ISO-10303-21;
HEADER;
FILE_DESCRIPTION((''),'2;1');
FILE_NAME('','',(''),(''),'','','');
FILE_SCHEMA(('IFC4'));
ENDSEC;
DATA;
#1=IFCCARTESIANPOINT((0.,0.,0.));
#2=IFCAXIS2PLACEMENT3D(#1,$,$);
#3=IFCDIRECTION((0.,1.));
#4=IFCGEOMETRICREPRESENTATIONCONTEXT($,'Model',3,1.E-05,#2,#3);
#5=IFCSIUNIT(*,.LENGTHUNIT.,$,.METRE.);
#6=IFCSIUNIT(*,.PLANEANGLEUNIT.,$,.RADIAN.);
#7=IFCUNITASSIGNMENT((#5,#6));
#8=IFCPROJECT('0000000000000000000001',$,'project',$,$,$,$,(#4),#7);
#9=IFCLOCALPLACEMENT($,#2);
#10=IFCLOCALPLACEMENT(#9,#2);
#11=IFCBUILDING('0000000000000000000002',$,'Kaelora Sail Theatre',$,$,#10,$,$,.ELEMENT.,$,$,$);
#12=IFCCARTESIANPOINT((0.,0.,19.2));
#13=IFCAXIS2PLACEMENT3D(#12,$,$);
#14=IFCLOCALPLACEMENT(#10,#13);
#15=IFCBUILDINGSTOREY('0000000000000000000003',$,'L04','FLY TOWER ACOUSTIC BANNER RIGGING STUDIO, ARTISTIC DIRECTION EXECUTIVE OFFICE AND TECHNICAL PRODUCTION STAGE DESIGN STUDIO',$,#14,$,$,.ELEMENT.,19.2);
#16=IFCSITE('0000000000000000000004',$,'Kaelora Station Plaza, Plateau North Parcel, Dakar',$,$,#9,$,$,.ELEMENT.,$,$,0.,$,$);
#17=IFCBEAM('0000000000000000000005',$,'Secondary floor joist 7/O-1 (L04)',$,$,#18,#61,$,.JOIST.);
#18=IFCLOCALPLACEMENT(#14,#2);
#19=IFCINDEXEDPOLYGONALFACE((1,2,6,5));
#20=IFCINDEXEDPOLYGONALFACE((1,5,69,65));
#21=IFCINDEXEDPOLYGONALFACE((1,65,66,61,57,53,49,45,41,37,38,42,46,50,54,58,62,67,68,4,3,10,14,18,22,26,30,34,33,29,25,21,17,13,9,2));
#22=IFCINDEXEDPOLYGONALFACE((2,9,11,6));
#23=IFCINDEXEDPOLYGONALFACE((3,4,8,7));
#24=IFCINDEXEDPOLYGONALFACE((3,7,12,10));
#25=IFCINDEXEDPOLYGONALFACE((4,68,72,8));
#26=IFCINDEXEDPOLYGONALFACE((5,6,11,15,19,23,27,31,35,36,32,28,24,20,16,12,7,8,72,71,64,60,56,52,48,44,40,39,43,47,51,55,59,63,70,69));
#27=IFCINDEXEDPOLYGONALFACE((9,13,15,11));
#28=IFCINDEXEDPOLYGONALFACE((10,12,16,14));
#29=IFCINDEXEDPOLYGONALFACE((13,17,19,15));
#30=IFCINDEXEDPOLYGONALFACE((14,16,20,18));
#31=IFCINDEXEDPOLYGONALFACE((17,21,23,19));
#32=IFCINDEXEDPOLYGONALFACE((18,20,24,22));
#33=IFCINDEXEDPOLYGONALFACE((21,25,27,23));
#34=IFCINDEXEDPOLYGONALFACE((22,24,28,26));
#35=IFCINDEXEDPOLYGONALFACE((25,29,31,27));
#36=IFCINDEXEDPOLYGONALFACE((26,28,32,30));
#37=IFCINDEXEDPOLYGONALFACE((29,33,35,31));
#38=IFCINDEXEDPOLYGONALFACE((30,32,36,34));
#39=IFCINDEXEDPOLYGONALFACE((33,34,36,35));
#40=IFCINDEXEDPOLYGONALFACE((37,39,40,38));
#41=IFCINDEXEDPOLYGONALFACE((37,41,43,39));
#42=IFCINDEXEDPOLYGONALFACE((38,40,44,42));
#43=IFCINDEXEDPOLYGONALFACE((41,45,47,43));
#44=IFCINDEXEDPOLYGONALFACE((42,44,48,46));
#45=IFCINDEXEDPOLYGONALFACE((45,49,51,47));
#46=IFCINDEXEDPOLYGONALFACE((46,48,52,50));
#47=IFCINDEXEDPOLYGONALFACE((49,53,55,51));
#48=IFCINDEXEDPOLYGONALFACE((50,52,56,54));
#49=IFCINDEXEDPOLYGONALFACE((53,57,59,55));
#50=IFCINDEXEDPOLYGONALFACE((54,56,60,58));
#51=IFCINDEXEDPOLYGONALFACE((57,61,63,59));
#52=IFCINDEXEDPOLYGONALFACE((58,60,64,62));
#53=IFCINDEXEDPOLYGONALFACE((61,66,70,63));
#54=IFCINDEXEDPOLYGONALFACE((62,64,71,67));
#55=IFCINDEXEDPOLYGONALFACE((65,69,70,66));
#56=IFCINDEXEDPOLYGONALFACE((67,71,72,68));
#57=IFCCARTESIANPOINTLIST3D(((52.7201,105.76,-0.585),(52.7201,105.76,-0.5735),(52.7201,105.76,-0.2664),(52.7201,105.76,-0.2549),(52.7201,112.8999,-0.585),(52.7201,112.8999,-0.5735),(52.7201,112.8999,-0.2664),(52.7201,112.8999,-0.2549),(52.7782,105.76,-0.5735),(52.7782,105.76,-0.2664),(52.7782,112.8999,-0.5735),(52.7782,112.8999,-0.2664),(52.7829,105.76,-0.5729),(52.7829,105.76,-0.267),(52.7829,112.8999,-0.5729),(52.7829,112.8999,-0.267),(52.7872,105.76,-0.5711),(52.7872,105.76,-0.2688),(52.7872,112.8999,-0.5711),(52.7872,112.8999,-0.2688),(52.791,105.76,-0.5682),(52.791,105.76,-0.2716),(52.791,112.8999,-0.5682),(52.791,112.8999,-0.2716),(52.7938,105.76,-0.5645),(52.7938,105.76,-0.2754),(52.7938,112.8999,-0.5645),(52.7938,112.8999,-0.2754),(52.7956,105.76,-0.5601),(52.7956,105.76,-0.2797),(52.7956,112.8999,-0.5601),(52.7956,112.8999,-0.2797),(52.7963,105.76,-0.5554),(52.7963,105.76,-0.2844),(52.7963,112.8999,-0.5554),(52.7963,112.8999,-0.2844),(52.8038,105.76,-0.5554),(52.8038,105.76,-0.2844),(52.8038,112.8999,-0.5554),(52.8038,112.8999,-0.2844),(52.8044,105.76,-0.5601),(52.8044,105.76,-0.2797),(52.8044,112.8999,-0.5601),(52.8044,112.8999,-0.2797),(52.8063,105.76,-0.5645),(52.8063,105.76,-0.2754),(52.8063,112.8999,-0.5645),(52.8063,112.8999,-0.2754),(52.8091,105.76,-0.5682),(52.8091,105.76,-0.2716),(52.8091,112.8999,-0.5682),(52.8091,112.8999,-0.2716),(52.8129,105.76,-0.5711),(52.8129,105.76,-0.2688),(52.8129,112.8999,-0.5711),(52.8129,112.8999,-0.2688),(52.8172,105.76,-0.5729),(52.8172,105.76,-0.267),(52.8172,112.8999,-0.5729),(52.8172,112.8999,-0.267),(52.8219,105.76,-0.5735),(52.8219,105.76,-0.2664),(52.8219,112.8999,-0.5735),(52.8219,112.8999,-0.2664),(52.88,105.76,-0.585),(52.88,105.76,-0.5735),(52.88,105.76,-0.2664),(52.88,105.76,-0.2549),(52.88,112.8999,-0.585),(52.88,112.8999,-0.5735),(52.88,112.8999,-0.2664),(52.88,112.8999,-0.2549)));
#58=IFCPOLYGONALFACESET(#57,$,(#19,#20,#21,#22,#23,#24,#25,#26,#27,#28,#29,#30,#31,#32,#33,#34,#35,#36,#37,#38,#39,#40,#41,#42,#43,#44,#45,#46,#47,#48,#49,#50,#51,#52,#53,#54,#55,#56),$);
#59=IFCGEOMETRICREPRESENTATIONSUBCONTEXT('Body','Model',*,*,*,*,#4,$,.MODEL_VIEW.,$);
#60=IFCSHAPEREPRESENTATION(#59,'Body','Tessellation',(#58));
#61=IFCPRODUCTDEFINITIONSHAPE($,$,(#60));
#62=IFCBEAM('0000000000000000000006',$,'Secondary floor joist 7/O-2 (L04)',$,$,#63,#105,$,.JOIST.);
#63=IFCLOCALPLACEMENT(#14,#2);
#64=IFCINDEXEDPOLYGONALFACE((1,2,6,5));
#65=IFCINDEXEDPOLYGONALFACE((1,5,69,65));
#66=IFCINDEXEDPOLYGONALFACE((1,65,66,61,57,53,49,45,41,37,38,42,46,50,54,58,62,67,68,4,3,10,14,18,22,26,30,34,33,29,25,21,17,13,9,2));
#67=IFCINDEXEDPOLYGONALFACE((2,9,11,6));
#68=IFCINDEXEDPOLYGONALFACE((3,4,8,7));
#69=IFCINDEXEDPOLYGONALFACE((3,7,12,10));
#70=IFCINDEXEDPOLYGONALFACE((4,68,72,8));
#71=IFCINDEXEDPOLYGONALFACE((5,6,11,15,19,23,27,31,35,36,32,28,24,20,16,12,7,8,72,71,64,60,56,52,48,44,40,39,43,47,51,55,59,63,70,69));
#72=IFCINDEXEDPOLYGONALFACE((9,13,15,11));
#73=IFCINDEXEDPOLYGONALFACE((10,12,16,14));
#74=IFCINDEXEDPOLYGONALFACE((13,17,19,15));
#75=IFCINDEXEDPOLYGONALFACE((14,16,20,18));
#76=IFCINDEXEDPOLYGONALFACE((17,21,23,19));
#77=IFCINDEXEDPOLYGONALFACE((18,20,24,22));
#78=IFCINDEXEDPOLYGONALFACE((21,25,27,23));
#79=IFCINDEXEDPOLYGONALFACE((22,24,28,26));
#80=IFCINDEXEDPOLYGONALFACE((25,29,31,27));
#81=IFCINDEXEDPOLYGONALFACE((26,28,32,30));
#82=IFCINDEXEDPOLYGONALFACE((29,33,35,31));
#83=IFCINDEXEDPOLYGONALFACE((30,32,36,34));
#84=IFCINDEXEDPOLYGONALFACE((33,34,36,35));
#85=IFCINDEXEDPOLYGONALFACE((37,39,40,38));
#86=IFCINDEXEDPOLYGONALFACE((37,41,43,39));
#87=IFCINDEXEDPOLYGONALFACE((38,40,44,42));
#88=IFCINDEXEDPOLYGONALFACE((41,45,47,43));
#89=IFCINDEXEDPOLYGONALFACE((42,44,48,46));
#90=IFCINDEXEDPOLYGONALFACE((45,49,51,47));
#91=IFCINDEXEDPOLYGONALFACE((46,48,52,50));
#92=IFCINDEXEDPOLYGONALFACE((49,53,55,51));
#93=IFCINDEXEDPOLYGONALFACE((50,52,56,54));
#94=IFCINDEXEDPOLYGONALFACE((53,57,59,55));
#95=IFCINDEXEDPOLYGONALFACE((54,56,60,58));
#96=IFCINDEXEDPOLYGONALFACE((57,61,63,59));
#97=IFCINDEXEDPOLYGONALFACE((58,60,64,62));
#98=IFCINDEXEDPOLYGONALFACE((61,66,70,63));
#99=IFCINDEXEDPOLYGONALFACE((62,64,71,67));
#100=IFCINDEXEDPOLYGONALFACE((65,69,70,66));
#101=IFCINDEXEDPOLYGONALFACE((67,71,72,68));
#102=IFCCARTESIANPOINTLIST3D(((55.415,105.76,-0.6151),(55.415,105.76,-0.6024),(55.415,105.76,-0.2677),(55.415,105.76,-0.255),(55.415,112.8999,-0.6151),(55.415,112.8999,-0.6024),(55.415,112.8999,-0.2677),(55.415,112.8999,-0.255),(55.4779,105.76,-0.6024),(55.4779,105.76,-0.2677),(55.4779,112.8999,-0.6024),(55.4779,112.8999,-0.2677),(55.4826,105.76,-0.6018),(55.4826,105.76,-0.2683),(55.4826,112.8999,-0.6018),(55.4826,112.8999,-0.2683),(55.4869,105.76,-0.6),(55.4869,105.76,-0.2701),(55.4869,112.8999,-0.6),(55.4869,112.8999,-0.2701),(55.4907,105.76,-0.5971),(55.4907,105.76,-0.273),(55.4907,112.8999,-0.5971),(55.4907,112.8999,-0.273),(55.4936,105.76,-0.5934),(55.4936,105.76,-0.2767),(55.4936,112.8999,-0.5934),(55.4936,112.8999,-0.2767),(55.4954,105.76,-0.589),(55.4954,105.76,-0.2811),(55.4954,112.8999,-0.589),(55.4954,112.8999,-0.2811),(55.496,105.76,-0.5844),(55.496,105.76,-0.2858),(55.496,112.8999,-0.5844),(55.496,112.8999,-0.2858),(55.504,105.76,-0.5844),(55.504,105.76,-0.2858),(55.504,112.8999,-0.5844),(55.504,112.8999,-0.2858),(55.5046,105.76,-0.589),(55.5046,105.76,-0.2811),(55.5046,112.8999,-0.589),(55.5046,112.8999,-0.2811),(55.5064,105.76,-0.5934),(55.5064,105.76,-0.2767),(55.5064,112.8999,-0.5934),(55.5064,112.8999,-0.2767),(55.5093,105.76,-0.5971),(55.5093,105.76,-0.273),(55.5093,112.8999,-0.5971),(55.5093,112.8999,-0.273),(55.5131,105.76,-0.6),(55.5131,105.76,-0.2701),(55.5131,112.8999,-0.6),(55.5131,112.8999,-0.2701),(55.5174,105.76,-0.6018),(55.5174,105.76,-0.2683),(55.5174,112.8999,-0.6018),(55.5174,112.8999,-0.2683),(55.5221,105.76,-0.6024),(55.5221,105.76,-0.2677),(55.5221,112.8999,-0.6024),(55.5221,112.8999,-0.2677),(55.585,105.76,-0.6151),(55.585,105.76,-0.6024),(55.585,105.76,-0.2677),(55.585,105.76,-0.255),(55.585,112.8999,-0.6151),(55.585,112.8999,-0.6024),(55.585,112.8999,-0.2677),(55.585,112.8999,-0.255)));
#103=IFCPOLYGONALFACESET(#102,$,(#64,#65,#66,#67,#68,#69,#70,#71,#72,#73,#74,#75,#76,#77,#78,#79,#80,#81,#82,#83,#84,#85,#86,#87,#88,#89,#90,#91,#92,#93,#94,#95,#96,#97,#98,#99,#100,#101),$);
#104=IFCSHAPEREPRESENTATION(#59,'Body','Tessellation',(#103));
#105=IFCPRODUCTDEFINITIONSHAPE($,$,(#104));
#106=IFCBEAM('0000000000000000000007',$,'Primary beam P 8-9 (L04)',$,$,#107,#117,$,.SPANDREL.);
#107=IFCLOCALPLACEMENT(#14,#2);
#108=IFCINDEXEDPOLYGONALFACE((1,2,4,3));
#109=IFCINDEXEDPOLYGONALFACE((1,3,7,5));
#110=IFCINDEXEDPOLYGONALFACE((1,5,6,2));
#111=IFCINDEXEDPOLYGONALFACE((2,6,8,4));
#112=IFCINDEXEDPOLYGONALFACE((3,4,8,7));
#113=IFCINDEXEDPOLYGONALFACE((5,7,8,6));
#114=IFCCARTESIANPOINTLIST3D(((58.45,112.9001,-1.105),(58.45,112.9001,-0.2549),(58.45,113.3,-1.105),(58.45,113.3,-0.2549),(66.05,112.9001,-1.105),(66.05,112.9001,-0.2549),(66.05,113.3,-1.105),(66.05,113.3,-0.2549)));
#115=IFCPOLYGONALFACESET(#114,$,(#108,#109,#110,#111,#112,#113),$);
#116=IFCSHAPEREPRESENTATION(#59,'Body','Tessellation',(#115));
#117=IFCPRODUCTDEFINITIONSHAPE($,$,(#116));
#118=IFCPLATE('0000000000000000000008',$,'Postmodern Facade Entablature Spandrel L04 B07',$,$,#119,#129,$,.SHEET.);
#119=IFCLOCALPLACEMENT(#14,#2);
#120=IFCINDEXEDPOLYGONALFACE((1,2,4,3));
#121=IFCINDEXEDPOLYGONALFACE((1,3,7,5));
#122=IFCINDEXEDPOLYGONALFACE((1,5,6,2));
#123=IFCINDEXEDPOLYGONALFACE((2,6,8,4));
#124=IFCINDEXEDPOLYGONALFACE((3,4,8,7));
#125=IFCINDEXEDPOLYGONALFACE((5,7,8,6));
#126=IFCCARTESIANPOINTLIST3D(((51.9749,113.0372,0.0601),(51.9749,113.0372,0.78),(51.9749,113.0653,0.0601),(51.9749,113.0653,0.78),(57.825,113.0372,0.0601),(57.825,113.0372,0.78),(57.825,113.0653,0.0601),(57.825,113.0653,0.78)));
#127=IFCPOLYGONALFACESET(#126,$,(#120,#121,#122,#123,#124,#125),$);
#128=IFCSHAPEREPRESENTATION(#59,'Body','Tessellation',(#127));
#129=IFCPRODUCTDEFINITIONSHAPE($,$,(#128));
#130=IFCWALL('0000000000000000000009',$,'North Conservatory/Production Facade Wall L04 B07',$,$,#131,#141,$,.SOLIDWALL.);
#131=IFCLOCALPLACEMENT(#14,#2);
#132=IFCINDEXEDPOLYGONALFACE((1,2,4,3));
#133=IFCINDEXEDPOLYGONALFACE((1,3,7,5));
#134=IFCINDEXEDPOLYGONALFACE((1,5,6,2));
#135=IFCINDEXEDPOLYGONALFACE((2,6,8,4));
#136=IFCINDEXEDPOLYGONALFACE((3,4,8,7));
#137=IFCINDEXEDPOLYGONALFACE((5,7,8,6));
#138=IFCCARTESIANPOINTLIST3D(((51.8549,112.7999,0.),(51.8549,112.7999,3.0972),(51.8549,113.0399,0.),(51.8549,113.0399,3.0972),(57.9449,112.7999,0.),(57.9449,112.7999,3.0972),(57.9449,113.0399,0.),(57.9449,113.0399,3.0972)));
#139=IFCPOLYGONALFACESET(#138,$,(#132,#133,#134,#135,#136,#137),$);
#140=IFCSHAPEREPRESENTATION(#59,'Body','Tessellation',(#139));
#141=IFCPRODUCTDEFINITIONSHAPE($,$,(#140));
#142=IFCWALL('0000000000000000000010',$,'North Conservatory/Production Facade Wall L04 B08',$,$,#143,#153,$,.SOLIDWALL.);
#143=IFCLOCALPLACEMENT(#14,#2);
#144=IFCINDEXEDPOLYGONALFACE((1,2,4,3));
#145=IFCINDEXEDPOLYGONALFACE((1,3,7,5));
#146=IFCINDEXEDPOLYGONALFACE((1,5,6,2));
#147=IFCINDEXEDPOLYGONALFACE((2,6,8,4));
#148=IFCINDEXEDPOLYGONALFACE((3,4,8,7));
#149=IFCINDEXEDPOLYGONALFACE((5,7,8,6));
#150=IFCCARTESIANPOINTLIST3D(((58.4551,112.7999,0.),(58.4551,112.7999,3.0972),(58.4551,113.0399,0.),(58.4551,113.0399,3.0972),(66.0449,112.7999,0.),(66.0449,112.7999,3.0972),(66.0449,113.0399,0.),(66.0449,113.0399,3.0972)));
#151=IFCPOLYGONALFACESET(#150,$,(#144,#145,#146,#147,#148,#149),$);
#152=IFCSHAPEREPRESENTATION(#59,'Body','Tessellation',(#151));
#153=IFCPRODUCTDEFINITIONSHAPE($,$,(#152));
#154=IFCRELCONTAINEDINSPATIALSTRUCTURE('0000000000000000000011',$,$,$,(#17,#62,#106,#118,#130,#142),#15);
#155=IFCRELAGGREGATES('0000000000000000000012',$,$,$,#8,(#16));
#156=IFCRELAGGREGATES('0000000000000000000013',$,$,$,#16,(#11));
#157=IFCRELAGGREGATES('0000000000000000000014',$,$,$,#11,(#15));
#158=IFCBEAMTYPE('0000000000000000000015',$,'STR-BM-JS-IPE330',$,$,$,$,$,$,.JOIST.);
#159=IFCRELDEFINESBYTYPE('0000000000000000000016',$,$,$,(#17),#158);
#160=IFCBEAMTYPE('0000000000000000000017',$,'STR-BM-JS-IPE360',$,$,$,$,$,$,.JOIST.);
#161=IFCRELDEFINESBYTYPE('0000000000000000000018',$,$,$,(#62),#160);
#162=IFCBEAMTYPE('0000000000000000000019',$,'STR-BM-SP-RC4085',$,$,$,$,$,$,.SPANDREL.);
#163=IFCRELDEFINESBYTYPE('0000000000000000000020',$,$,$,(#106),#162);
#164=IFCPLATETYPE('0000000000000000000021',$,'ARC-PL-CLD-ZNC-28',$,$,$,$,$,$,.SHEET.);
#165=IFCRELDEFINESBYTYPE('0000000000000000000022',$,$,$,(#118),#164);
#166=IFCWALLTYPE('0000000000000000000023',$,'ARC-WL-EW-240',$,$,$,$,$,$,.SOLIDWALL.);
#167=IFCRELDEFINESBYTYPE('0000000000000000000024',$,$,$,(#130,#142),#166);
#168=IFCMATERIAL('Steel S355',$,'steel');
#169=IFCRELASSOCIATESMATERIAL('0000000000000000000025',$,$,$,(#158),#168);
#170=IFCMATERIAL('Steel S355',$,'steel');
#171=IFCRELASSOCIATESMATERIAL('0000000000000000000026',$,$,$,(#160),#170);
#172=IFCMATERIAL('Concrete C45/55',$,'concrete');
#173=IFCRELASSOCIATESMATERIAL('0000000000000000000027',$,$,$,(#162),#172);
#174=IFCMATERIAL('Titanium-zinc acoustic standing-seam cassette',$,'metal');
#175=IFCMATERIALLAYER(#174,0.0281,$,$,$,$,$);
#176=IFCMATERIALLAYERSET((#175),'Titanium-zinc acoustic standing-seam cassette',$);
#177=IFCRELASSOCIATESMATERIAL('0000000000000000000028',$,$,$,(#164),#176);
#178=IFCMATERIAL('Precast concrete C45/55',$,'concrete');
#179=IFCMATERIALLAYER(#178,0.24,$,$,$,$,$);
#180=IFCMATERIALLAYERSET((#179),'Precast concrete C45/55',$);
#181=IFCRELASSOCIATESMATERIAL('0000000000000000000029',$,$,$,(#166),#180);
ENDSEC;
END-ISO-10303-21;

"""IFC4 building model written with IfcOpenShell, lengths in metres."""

from ifc_helpers import new_model, si_unit, direction, frame, frame_2d, origin, origin_2d, place, context, subcontext, project, spatial, rectangle, i_section, extrude, material, layer, layer_set, material_profile, profile_set, type_object, element, save


model = new_model("IFC4")

# Units and contexts
model_context = context("Model", 3, precision=1e-05, world=origin(), true_north=direction((0.0, 1.0)))
body_context = subcontext(model_context, "Body", "Model", "MODEL_VIEW")
ifc_project = project(units=[si_unit("LENGTHUNIT", "METRE"), si_unit("PLANEANGLEUNIT", "RADIAN")], contexts=[model_context])

# Site, building, storey
site_placement = place(None, origin())
site = spatial("IfcSite", under=ifc_project, at=site_placement, Name="Kaelora Station Plaza, Plateau North Parcel, Dakar", CompositionType="ELEMENT", RefElevation=0.0)
building_placement = place(site_placement, origin())
building = spatial("IfcBuilding", under=site, at=building_placement, Name="Kaelora Sail Theatre", CompositionType="ELEMENT")
storey_placement = place(building_placement, frame((0.0, 0.0, 19.2)))
storey = spatial("IfcBuildingStorey", under=building, at=storey_placement, Name="L04", Description="FLY TOWER ACOUSTIC BANNER RIGGING STUDIO, ARTISTIC DIRECTION EXECUTIVE OFFICE AND TECHNICAL PRODUCTION STAGE DESIGN STUDIO", CompositionType="ELEMENT", Elevation=19.2)

# Beams
ifc_material_1 = material(Name="Steel S355", Category="steel")
ifc_material_profile_1 = material_profile(ifc_material_1, i_section(OverallWidth=0.1599, OverallDepth=0.3301, WebThickness=0.0076, FlangeThickness=0.0115, FilletRadius=0.0181, at=origin_2d()), Name="IPE 330")
ifc_profile_set_1 = profile_set([ifc_material_profile_1], Name="Steel S355")
beam_type_1 = type_object("IfcBeamType", Name="STR-BM-JS-IPE330", PredefinedType="JOIST", material=ifc_profile_set_1)
beam_1_placement = place(storey_placement, frame((52.8, 105.76, -0.4199), z_axis=(0.0, 1.0, 0.0), x_axis=(-1.0, 0.0, 0.0)))
element("IfcBeam", 1, at=beam_1_placement, inside=storey, type_object=beam_type_1, Name="Secondary floor joist 7/O-1 (L04)", PredefinedType="JOIST", context=body_context, shape_type="SweptSolid", body=[
    extrude(i_section(OverallWidth=0.1599, OverallDepth=0.3301, WebThickness=0.0076, FlangeThickness=0.0115, FilletRadius=0.0181, at=origin_2d()), origin(), (0.0, 0.0, 1.0), 7.1399),
])
ifc_material_2 = material(Name="Steel S355", Category="steel")
ifc_material_profile_2 = material_profile(ifc_material_2, i_section(OverallWidth=0.1699, OverallDepth=0.3601, WebThickness=0.0081, FlangeThickness=0.0127, FilletRadius=0.0181, at=origin_2d()), Name="IPE 360")
ifc_profile_set_2 = profile_set([ifc_material_profile_2], Name="Steel S355")
beam_type_2 = type_object("IfcBeamType", Name="STR-BM-JS-IPE360", PredefinedType="JOIST", material=ifc_profile_set_2)
beam_2_placement = place(storey_placement, frame((55.5, 105.76, -0.4351), z_axis=(0.0, 1.0, 0.0), x_axis=(-1.0, 0.0, 0.0)))
element("IfcBeam", 2, at=beam_2_placement, inside=storey, type_object=beam_type_2, Name="Secondary floor joist 7/O-2 (L04)", PredefinedType="JOIST", context=body_context, shape_type="SweptSolid", body=[
    extrude(i_section(OverallWidth=0.1699, OverallDepth=0.3601, WebThickness=0.0081, FlangeThickness=0.0127, FilletRadius=0.0181, at=origin_2d()), origin(), (0.0, 0.0, 1.0), 7.1399),
])
ifc_material_3 = material(Name="Concrete C45/55", Category="concrete")
ifc_material_profile_3 = material_profile(ifc_material_3, rectangle(XDim=0.3999, YDim=0.8501, at=origin_2d()), Name="RC-SPN 400x850")
ifc_profile_set_3 = profile_set([ifc_material_profile_3], Name="Concrete C45/55")
beam_type_3 = type_object("IfcBeamType", Name="STR-BM-SP-RC4085", PredefinedType="SPANDREL", material=ifc_profile_set_3)
beam_3_placement = place(storey_placement, frame((58.45, 113.1001, -0.6799), z_axis=(1.0, 0.0, 0.0), x_axis=(0.0, 1.0, 0.0)))
element("IfcBeam", 3, at=beam_3_placement, inside=storey, type_object=beam_type_3, Name="Primary beam P 8-9 (L04)", PredefinedType="SPANDREL", context=body_context, shape_type="SweptSolid", body=[
    extrude(rectangle(XDim=0.3999, YDim=0.8501, at=origin_2d()), origin(), (0.0, 0.0, 1.0), 7.6001),
])

# Plate
ifc_material_4 = material(Name="Titanium-zinc acoustic standing-seam cassette", Category="metal")
ifc_layer_1 = layer(ifc_material_4, 0.0281)
ifc_layer_set_1 = layer_set([ifc_layer_1], Name="Titanium-zinc acoustic standing-seam cassette")
plate_type = type_object("IfcPlateType", Name="ARC-PL-CLD-ZNC-28", PredefinedType="SHEET", material=ifc_layer_set_1)
plate_placement = place(storey_placement, frame((54.8999, 113.0513, 0.0601), z_axis=(0.0, 0.0, 1.0), x_axis=(1.0, 0.0, 0.0)))
element("IfcPlate", 4, at=plate_placement, inside=storey, type_object=plate_type, Name="Postmodern Facade Entablature Spandrel L04 B07", PredefinedType="SHEET", context=body_context, shape_type="SweptSolid", body=[
    extrude(rectangle(XDim=5.8501, YDim=0.0281, at=origin_2d()), origin(), (0.0, 0.0, 1.0), 0.72),
])

# Walls
ifc_material_5 = material(Name="Precast concrete C45/55", Category="concrete")
ifc_layer_2 = layer(ifc_material_5, 0.24)
ifc_layer_set_2 = layer_set([ifc_layer_2], Name="Precast concrete C45/55")
wall_type_1 = type_object("IfcWallType", Name="ARC-WL-EW-240", PredefinedType="SOLIDWALL", material=ifc_layer_set_2)
wall_1_placement = place(storey_placement, frame((51.855, 112.9199, 0.0), z_axis=(0.0, 0.0, 1.0), x_axis=(1.0, 0.0, 0.0)))
element("IfcWall", 5, at=wall_1_placement, inside=storey, type_object=wall_type_1, Name="North Conservatory/Production Facade Wall L04 B07", PredefinedType="SOLIDWALL", context=body_context, shape_type="SweptSolid", body=[
    extrude(rectangle(XDim=6.0901, YDim=0.24, at=frame_2d((3.0449, 0.0))), origin(), (0.0, 0.0, 1.0), 3.0972),
])
wall_2_placement = place(storey_placement, frame((58.4551, 112.9199, 0.0), z_axis=(0.0, 0.0, 1.0), x_axis=(1.0, 0.0, 0.0)))
element("IfcWall", 6, at=wall_2_placement, inside=storey, type_object=wall_type_1, Name="North Conservatory/Production Facade Wall L04 B08", PredefinedType="SOLIDWALL", context=body_context, shape_type="SweptSolid", body=[
    extrude(rectangle(XDim=7.5898, YDim=0.24, at=frame_2d((3.7949, 0.0))), origin(), (0.0, 0.0, 1.0), 3.0972),
])

save(model, "model.ifc")
